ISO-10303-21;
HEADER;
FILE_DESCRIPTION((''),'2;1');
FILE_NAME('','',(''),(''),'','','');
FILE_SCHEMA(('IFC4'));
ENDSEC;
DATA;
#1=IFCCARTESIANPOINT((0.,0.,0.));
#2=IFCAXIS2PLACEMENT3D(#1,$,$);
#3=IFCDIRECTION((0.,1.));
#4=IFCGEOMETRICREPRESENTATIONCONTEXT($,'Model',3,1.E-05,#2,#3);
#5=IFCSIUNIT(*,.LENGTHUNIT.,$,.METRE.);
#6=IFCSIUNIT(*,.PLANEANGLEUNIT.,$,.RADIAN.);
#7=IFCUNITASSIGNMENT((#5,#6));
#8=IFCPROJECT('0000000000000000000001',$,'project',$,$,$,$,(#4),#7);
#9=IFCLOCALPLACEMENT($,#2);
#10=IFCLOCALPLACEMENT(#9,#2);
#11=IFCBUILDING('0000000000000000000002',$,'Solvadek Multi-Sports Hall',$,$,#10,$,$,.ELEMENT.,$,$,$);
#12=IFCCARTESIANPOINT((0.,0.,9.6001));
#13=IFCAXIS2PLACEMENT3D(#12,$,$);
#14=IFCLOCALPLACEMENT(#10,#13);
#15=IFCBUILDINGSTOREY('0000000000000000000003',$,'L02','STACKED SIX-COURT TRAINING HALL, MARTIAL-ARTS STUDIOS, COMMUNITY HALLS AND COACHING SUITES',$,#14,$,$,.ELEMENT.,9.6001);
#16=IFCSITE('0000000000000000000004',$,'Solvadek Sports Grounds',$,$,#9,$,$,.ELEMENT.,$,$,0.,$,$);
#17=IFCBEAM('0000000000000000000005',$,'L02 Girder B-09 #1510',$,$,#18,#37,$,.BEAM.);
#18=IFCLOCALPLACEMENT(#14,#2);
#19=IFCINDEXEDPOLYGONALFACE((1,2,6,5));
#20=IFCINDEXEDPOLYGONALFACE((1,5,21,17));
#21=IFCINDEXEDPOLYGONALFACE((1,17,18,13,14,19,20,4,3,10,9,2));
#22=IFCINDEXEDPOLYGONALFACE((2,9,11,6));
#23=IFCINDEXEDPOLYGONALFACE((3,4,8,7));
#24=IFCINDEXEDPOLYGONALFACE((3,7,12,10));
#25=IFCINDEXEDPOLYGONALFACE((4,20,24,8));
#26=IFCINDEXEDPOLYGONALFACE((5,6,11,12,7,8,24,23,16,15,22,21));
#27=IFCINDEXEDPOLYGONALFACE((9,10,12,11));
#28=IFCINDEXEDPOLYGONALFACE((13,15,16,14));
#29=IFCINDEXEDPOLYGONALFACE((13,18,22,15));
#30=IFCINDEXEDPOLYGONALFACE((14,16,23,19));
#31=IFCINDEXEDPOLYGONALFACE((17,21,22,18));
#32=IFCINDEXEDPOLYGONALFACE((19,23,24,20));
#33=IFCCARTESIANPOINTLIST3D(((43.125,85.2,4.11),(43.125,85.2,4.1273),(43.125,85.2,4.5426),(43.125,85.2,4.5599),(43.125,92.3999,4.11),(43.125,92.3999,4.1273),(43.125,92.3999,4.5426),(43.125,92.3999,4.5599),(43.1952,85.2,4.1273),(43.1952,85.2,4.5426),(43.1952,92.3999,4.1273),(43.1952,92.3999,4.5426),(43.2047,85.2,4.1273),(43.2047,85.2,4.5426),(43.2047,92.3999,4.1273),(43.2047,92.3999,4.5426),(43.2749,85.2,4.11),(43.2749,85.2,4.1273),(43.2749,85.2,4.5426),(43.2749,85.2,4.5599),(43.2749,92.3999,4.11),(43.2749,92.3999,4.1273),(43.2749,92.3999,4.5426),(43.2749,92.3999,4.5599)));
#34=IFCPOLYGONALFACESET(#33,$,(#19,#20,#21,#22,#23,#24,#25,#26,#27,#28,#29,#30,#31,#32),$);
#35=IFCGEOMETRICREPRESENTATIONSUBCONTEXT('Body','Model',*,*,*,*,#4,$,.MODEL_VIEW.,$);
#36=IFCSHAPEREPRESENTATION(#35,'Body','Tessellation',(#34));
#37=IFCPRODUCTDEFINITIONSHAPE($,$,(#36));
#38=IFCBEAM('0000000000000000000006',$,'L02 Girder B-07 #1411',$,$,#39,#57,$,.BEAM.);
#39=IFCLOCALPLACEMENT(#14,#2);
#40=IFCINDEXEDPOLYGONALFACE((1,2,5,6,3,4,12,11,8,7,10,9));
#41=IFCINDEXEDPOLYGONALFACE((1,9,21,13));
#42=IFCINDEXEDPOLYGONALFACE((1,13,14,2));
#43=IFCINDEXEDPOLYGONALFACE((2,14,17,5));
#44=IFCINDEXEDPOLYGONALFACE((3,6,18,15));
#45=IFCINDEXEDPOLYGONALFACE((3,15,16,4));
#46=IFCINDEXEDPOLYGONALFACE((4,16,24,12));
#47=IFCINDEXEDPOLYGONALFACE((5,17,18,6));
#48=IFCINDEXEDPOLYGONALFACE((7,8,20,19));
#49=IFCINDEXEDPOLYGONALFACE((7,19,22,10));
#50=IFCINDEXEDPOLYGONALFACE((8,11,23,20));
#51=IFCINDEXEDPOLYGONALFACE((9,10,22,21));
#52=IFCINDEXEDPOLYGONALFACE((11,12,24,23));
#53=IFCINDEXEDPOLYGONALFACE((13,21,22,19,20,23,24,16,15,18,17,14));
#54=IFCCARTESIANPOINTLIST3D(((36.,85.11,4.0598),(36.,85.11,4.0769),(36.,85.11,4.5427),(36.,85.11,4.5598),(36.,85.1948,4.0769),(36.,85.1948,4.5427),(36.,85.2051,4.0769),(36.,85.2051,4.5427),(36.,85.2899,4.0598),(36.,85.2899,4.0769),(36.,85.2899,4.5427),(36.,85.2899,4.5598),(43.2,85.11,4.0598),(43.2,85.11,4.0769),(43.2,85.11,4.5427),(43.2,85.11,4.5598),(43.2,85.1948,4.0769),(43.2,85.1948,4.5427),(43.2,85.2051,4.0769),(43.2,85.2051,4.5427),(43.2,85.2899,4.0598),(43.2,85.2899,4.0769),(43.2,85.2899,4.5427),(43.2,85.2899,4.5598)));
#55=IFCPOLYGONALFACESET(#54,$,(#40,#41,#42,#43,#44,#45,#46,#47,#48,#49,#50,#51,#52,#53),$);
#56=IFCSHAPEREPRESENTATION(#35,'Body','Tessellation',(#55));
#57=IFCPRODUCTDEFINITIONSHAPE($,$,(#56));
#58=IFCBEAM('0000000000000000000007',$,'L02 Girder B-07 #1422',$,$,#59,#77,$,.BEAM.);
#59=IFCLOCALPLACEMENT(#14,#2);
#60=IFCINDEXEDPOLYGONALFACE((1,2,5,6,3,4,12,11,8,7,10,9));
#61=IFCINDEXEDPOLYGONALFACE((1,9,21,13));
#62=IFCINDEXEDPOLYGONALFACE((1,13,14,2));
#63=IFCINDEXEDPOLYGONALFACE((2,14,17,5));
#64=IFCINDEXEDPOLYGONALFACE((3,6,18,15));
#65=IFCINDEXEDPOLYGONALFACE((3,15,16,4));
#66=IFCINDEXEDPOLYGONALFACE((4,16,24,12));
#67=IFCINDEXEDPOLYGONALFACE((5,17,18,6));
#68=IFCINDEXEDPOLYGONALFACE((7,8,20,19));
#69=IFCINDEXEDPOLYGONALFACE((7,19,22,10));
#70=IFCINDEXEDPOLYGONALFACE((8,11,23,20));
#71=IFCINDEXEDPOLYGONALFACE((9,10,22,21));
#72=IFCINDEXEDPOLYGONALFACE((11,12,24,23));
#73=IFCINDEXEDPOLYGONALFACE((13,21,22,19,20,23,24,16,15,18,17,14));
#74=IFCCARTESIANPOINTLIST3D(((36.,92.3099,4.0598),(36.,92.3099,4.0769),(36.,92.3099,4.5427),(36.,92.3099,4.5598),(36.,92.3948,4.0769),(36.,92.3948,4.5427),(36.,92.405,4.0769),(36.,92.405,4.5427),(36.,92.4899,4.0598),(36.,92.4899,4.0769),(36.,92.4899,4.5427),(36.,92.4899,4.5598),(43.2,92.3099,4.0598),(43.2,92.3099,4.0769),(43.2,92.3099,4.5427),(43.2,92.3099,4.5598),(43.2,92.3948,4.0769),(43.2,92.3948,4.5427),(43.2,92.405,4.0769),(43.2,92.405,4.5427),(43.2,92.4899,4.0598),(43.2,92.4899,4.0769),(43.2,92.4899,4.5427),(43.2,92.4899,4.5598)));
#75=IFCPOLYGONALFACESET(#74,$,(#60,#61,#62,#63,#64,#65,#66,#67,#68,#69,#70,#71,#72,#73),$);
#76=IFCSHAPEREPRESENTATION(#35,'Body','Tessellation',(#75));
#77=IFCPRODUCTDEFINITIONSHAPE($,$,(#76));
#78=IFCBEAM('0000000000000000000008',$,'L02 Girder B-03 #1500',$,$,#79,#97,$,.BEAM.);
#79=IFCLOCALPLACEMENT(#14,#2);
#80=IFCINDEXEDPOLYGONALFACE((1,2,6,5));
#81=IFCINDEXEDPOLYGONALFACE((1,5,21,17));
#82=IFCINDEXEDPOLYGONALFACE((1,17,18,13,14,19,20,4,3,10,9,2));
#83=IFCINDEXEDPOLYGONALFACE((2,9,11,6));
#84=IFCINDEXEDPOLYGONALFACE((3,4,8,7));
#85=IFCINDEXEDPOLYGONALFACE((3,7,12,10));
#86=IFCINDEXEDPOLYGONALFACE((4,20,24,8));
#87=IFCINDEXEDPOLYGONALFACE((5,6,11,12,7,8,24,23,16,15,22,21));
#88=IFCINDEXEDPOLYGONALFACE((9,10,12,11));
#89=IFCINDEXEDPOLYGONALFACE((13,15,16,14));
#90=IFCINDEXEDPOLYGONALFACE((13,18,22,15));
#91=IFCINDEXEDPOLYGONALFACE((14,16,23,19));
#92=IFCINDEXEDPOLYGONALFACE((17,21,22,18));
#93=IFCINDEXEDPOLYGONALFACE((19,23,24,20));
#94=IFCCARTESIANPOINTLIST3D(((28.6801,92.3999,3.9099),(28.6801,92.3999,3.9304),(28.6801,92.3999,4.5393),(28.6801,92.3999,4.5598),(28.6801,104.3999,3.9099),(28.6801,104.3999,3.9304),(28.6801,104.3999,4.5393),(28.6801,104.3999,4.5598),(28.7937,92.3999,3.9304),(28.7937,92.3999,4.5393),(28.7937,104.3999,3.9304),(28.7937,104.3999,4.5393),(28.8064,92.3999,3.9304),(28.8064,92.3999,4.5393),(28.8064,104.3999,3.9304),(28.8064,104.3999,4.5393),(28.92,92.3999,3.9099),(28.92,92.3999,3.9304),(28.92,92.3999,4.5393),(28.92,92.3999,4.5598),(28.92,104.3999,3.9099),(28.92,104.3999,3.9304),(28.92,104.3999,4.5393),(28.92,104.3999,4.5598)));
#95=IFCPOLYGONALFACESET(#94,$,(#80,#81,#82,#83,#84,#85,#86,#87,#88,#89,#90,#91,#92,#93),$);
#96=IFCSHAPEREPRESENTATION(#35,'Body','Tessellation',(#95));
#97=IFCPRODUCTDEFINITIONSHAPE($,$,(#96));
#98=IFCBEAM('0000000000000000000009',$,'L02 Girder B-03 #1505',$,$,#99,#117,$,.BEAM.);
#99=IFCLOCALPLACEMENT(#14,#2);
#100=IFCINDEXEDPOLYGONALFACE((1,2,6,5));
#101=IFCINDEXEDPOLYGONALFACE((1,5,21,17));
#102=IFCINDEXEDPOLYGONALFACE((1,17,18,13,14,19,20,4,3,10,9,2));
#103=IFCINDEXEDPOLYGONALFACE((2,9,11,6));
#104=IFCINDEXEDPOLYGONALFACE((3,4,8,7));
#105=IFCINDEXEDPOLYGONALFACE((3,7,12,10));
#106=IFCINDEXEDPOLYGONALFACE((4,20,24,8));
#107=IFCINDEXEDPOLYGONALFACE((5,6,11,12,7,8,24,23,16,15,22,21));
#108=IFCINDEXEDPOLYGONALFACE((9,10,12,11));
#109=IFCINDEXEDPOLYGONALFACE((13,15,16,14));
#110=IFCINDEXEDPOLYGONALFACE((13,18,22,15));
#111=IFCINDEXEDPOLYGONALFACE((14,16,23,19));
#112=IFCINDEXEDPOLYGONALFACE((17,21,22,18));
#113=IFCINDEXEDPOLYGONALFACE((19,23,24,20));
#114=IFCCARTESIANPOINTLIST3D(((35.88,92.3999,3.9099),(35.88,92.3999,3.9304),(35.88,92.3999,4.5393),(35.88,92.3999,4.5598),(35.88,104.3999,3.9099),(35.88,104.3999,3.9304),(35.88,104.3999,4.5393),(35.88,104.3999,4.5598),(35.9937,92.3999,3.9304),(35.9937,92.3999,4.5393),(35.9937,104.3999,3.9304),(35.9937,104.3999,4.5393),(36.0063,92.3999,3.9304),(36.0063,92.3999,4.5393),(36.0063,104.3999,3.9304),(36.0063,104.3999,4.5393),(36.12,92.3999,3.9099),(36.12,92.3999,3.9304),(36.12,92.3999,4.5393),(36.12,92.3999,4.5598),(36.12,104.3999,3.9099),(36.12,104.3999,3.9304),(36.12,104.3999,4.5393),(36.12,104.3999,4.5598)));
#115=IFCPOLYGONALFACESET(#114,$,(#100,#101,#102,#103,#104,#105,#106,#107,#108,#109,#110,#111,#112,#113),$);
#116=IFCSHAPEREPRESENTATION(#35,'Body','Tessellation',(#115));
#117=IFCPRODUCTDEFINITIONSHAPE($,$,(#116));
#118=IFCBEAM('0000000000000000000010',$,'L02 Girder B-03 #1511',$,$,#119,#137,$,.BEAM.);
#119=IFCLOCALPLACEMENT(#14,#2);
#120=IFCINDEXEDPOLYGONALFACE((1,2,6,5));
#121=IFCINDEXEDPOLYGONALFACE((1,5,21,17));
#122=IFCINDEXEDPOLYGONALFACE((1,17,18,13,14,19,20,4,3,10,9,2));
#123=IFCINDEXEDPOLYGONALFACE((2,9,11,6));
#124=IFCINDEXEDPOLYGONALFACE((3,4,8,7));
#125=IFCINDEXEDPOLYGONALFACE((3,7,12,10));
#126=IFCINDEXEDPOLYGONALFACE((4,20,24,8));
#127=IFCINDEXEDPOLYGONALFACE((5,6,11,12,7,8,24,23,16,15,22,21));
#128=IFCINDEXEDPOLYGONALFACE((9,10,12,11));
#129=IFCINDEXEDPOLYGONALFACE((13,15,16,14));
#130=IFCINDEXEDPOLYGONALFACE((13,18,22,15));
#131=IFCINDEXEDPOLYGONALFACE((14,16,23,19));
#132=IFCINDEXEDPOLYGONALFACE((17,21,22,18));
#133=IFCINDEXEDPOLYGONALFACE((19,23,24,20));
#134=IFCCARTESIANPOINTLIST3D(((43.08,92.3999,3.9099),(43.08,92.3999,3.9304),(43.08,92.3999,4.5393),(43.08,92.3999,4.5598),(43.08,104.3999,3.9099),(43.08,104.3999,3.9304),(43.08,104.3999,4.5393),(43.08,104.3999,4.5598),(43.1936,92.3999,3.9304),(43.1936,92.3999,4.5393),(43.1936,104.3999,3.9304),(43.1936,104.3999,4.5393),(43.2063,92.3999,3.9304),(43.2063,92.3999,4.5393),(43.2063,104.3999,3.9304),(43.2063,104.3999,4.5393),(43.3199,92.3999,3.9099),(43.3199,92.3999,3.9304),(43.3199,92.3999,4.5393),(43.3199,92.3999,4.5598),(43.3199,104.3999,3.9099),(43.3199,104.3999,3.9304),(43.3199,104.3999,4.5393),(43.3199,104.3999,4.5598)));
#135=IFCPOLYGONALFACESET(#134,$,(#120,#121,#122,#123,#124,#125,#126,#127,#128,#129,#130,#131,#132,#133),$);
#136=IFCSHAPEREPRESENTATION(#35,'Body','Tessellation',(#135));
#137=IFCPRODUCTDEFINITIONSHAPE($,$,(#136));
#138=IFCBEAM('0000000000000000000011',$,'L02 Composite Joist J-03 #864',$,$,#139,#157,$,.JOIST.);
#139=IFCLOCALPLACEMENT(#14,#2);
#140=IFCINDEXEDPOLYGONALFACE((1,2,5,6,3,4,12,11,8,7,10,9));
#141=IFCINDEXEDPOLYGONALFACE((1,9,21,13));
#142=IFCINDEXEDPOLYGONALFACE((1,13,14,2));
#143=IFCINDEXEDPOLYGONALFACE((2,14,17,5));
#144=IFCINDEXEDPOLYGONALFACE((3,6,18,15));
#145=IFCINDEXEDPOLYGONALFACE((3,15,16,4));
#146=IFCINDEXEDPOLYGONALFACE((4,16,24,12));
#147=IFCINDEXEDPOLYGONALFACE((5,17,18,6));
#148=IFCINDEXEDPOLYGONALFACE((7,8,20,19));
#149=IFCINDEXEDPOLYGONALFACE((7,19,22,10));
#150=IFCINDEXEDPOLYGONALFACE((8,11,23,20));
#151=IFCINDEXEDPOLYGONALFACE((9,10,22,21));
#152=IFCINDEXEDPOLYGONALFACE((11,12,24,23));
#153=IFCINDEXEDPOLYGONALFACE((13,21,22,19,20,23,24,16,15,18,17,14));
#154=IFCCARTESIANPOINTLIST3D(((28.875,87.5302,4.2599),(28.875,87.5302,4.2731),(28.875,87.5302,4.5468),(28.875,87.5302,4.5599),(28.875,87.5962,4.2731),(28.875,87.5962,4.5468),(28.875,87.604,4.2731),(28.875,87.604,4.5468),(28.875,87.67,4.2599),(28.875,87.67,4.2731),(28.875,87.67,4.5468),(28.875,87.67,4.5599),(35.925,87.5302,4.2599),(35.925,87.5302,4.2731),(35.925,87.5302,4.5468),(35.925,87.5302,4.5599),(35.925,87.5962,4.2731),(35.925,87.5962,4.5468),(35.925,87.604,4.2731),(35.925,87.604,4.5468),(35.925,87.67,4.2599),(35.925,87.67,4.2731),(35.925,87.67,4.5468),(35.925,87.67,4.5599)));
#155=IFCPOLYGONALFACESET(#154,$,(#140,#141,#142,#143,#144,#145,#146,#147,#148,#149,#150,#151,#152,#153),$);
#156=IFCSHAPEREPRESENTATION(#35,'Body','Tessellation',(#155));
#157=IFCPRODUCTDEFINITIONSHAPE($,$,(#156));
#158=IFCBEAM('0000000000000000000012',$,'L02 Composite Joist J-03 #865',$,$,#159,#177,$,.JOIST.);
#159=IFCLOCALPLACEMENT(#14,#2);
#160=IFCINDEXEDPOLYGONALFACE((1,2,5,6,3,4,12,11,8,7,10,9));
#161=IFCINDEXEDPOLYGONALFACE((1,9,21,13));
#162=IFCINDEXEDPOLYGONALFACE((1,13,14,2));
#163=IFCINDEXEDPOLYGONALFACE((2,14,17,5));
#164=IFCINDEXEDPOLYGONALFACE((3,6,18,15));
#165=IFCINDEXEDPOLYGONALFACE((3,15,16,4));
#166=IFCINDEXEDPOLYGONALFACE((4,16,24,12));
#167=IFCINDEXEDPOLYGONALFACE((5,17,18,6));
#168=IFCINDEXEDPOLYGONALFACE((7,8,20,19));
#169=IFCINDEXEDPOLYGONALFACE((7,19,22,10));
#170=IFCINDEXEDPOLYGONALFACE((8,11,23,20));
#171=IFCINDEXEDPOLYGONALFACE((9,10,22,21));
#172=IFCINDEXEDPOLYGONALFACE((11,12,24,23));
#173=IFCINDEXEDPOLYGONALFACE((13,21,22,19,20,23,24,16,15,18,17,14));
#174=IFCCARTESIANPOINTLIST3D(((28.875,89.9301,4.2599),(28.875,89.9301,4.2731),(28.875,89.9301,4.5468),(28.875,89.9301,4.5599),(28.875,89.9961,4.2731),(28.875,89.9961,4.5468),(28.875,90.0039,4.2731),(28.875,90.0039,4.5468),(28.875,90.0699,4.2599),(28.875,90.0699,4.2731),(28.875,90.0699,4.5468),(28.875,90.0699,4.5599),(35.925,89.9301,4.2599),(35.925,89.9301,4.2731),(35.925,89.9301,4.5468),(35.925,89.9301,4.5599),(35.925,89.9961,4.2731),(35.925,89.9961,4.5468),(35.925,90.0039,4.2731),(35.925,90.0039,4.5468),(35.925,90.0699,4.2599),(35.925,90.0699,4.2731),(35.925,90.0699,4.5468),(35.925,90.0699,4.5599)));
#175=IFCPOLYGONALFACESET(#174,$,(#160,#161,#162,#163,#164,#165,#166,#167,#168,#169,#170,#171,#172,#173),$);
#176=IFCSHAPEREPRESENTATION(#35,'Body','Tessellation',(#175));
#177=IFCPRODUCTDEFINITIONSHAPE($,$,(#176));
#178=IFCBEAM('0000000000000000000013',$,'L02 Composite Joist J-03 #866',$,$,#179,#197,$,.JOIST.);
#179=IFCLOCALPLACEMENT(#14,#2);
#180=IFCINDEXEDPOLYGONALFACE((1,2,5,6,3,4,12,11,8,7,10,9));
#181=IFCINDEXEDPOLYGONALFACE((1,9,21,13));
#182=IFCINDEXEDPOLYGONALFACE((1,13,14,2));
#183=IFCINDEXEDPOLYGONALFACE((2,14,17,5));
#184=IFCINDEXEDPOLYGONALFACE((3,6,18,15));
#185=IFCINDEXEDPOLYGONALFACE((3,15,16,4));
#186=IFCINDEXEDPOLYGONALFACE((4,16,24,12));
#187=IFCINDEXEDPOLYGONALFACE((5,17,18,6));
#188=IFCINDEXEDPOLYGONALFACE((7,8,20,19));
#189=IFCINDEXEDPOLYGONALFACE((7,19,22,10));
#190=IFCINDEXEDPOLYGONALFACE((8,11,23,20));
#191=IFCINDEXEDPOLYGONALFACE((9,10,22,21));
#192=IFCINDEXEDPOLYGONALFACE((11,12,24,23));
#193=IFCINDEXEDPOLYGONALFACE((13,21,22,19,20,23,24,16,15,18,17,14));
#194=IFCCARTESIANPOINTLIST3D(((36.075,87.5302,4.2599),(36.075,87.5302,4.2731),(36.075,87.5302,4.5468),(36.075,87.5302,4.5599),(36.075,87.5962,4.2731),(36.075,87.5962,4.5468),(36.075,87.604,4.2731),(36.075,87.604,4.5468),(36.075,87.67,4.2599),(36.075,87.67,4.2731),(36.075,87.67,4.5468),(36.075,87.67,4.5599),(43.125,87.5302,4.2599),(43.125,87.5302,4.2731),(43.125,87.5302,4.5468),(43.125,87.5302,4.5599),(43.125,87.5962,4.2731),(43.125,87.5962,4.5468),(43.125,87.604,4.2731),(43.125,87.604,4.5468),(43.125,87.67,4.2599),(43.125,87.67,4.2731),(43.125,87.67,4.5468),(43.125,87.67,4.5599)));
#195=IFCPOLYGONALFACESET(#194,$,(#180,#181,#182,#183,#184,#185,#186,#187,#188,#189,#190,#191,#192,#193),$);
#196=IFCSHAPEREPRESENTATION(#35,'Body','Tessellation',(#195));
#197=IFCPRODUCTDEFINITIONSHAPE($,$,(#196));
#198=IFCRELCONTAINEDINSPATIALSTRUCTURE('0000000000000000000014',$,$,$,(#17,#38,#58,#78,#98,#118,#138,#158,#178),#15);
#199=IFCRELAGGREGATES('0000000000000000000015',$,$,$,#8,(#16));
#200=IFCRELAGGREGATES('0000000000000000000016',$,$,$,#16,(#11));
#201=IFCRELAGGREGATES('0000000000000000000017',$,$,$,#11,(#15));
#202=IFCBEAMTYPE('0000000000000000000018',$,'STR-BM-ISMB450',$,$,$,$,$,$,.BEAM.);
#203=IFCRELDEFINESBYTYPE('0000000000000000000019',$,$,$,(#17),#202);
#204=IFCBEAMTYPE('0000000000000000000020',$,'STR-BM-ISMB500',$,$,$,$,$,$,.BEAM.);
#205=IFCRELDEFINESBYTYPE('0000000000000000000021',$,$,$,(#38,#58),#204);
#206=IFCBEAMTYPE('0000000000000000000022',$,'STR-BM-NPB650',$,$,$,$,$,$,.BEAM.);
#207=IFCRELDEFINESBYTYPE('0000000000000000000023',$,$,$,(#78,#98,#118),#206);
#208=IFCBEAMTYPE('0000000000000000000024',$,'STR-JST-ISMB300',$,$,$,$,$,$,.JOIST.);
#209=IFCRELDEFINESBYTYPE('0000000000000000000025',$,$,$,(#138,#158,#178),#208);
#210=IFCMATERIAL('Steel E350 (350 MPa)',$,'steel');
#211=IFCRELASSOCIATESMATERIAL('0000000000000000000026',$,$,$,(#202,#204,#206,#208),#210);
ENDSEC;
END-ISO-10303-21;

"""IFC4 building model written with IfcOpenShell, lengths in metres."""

from ifc_helpers import new_model, si_unit, direction, frame, origin, origin_2d, place, context, subcontext, project, spatial, i_section, extrude, material, material_profile, profile_set, type_object, element, save


model = new_model("IFC4")

# Units and contexts
model_context = context("Model", 3, precision=1e-05, world=origin(), true_north=direction((0.0, 1.0)))
body_context = subcontext(model_context, "Body", "Model", "MODEL_VIEW")
ifc_project = project(units=[si_unit("LENGTHUNIT", "METRE"), si_unit("PLANEANGLEUNIT", "RADIAN")], contexts=[model_context])

# Site, building, storey
site_placement = place(None, origin())
site = spatial("IfcSite", under=ifc_project, at=site_placement, Name="Solvadek Sports Grounds", CompositionType="ELEMENT", RefElevation=0.0)
building_placement = place(site_placement, origin())
building = spatial("IfcBuilding", under=site, at=building_placement, Name="Solvadek Multi-Sports Hall", CompositionType="ELEMENT")
storey_placement = place(building_placement, frame((0.0, 0.0, 9.6001)))
storey = spatial("IfcBuildingStorey", under=building, at=storey_placement, Name="L02", Description="STACKED SIX-COURT TRAINING HALL, MARTIAL-ARTS STUDIOS, COMMUNITY HALLS AND COACHING SUITES", CompositionType="ELEMENT", Elevation=9.6001)

# Shared definitions
ifc_material_1 = material(Name="Steel E350 (350 MPa)", Category="steel")

# Beams
ifc_material_profile_1 = material_profile(ifc_material_1, i_section(OverallWidth=0.1499, OverallDepth=0.45, WebThickness=0.0095, FlangeThickness=0.0173, at=origin_2d()), Name="ISMB 450")
ifc_profile_set_1 = profile_set([ifc_material_profile_1], Name="Steel E350 (350 MPa)")
beam_type_1 = type_object("IfcBeamType", Name="STR-BM-ISMB450", PredefinedType="BEAM", material=ifc_profile_set_1)
for number, where, z_axis, x_axis, name in (
    (1, (43.2, 85.2, 4.335), (0.0, 1.0, 0.0), (-1.0, 0.0, 0.0), "L02 Girder B-09 #1510"),
):
    element("IfcBeam", number, at=place(storey_placement, frame(where, z_axis=z_axis, x_axis=x_axis)), inside=storey, type_object=beam_type_1, Name=name, PredefinedType="BEAM", context=body_context, shape_type="SweptSolid", body=[
        extrude(i_section(OverallWidth=0.1499, OverallDepth=0.45, WebThickness=0.0095, FlangeThickness=0.0173, at=origin_2d()), origin(), (0.0, 0.0, 1.0), 7.2),
    ])
ifc_material_profile_2 = material_profile(ifc_material_1, i_section(OverallWidth=0.1799, OverallDepth=0.5, WebThickness=0.0103, FlangeThickness=0.0171, at=origin_2d()), Name="ISMB 500")
ifc_profile_set_2 = profile_set([ifc_material_profile_2], Name="Steel E350 (350 MPa)")
beam_type_2 = type_object("IfcBeamType", Name="STR-BM-ISMB500", PredefinedType="BEAM", material=ifc_profile_set_2)
for number, where, z_axis, x_axis, name in (
    (2, (36.0, 85.2, 4.3098), (1.0, 0.0, 0.0), (0.0, 1.0, 0.0), "L02 Girder B-07 #1411"),
    (3, (36.0, 92.3999, 4.3098), (1.0, 0.0, 0.0), (0.0, 1.0, 0.0), "L02 Girder B-07 #1422"),
):
    element("IfcBeam", number, at=place(storey_placement, frame(where, z_axis=z_axis, x_axis=x_axis)), inside=storey, type_object=beam_type_2, Name=name, PredefinedType="BEAM", context=body_context, shape_type="SweptSolid", body=[
        extrude(i_section(OverallWidth=0.1799, OverallDepth=0.5, WebThickness=0.0103, FlangeThickness=0.0171, at=origin_2d()), origin(), (0.0, 0.0, 1.0), 7.2),
    ])
ifc_material_profile_3 = material_profile(ifc_material_1, i_section(OverallWidth=0.24, OverallDepth=0.6499, WebThickness=0.0127, FlangeThickness=0.0205, at=origin_2d()), Name="NPB 650")
ifc_profile_set_3 = profile_set([ifc_material_profile_3], Name="Steel E350 (350 MPa)")
beam_type_3 = type_object("IfcBeamType", Name="STR-BM-NPB650", PredefinedType="BEAM", material=ifc_profile_set_3)
for number, where, z_axis, x_axis, name in (
    (4, (28.8, 92.3999, 4.2349), (0.0, 1.0, 0.0), (-1.0, 0.0, 0.0), "L02 Girder B-03 #1500"),
    (5, (36.0, 92.3999, 4.2349), (0.0, 1.0, 0.0), (-1.0, 0.0, 0.0), "L02 Girder B-03 #1505"),
    (6, (43.2, 92.3999, 4.2349), (0.0, 1.0, 0.0), (-1.0, 0.0, 0.0), "L02 Girder B-03 #1511"),
):
    element("IfcBeam", number, at=place(storey_placement, frame(where, z_axis=z_axis, x_axis=x_axis)), inside=storey, type_object=beam_type_3, Name=name, PredefinedType="BEAM", context=body_context, shape_type="SweptSolid", body=[
        extrude(i_section(OverallWidth=0.24, OverallDepth=0.6499, WebThickness=0.0127, FlangeThickness=0.0205, at=origin_2d()), origin(), (0.0, 0.0, 1.0), 12.0),
    ])
ifc_material_profile_4 = material_profile(ifc_material_1, i_section(OverallWidth=0.1399, OverallDepth=0.3, WebThickness=0.0078, FlangeThickness=0.0132, at=origin_2d()), Name="ISMB 300")
ifc_profile_set_4 = profile_set([ifc_material_profile_4], Name="Steel E350 (350 MPa)")
beam_type_4 = type_object("IfcBeamType", Name="STR-JST-ISMB300", PredefinedType="JOIST", material=ifc_profile_set_4)
for number, where, z_axis, x_axis, name in (
    (7, (28.875, 87.6001, 4.4099), (1.0, 0.0, 0.0), (0.0, 1.0, 0.0), "L02 Composite Joist J-03 #864"),
    (8, (28.875, 90.0, 4.4099), (1.0, 0.0, 0.0), (0.0, 1.0, 0.0), "L02 Composite Joist J-03 #865"),
    (9, (36.075, 87.6001, 4.4099), (1.0, 0.0, 0.0), (0.0, 1.0, 0.0), "L02 Composite Joist J-03 #866"),
):
    element("IfcBeam", number, at=place(storey_placement, frame(where, z_axis=z_axis, x_axis=x_axis)), inside=storey, type_object=beam_type_4, Name=name, PredefinedType="JOIST", context=body_context, shape_type="SweptSolid", body=[
        extrude(i_section(OverallWidth=0.1399, OverallDepth=0.3, WebThickness=0.0078, FlangeThickness=0.0132, at=origin_2d()), origin(), (0.0, 0.0, 1.0), 7.05),
    ])

save(model, "model.ifc")
